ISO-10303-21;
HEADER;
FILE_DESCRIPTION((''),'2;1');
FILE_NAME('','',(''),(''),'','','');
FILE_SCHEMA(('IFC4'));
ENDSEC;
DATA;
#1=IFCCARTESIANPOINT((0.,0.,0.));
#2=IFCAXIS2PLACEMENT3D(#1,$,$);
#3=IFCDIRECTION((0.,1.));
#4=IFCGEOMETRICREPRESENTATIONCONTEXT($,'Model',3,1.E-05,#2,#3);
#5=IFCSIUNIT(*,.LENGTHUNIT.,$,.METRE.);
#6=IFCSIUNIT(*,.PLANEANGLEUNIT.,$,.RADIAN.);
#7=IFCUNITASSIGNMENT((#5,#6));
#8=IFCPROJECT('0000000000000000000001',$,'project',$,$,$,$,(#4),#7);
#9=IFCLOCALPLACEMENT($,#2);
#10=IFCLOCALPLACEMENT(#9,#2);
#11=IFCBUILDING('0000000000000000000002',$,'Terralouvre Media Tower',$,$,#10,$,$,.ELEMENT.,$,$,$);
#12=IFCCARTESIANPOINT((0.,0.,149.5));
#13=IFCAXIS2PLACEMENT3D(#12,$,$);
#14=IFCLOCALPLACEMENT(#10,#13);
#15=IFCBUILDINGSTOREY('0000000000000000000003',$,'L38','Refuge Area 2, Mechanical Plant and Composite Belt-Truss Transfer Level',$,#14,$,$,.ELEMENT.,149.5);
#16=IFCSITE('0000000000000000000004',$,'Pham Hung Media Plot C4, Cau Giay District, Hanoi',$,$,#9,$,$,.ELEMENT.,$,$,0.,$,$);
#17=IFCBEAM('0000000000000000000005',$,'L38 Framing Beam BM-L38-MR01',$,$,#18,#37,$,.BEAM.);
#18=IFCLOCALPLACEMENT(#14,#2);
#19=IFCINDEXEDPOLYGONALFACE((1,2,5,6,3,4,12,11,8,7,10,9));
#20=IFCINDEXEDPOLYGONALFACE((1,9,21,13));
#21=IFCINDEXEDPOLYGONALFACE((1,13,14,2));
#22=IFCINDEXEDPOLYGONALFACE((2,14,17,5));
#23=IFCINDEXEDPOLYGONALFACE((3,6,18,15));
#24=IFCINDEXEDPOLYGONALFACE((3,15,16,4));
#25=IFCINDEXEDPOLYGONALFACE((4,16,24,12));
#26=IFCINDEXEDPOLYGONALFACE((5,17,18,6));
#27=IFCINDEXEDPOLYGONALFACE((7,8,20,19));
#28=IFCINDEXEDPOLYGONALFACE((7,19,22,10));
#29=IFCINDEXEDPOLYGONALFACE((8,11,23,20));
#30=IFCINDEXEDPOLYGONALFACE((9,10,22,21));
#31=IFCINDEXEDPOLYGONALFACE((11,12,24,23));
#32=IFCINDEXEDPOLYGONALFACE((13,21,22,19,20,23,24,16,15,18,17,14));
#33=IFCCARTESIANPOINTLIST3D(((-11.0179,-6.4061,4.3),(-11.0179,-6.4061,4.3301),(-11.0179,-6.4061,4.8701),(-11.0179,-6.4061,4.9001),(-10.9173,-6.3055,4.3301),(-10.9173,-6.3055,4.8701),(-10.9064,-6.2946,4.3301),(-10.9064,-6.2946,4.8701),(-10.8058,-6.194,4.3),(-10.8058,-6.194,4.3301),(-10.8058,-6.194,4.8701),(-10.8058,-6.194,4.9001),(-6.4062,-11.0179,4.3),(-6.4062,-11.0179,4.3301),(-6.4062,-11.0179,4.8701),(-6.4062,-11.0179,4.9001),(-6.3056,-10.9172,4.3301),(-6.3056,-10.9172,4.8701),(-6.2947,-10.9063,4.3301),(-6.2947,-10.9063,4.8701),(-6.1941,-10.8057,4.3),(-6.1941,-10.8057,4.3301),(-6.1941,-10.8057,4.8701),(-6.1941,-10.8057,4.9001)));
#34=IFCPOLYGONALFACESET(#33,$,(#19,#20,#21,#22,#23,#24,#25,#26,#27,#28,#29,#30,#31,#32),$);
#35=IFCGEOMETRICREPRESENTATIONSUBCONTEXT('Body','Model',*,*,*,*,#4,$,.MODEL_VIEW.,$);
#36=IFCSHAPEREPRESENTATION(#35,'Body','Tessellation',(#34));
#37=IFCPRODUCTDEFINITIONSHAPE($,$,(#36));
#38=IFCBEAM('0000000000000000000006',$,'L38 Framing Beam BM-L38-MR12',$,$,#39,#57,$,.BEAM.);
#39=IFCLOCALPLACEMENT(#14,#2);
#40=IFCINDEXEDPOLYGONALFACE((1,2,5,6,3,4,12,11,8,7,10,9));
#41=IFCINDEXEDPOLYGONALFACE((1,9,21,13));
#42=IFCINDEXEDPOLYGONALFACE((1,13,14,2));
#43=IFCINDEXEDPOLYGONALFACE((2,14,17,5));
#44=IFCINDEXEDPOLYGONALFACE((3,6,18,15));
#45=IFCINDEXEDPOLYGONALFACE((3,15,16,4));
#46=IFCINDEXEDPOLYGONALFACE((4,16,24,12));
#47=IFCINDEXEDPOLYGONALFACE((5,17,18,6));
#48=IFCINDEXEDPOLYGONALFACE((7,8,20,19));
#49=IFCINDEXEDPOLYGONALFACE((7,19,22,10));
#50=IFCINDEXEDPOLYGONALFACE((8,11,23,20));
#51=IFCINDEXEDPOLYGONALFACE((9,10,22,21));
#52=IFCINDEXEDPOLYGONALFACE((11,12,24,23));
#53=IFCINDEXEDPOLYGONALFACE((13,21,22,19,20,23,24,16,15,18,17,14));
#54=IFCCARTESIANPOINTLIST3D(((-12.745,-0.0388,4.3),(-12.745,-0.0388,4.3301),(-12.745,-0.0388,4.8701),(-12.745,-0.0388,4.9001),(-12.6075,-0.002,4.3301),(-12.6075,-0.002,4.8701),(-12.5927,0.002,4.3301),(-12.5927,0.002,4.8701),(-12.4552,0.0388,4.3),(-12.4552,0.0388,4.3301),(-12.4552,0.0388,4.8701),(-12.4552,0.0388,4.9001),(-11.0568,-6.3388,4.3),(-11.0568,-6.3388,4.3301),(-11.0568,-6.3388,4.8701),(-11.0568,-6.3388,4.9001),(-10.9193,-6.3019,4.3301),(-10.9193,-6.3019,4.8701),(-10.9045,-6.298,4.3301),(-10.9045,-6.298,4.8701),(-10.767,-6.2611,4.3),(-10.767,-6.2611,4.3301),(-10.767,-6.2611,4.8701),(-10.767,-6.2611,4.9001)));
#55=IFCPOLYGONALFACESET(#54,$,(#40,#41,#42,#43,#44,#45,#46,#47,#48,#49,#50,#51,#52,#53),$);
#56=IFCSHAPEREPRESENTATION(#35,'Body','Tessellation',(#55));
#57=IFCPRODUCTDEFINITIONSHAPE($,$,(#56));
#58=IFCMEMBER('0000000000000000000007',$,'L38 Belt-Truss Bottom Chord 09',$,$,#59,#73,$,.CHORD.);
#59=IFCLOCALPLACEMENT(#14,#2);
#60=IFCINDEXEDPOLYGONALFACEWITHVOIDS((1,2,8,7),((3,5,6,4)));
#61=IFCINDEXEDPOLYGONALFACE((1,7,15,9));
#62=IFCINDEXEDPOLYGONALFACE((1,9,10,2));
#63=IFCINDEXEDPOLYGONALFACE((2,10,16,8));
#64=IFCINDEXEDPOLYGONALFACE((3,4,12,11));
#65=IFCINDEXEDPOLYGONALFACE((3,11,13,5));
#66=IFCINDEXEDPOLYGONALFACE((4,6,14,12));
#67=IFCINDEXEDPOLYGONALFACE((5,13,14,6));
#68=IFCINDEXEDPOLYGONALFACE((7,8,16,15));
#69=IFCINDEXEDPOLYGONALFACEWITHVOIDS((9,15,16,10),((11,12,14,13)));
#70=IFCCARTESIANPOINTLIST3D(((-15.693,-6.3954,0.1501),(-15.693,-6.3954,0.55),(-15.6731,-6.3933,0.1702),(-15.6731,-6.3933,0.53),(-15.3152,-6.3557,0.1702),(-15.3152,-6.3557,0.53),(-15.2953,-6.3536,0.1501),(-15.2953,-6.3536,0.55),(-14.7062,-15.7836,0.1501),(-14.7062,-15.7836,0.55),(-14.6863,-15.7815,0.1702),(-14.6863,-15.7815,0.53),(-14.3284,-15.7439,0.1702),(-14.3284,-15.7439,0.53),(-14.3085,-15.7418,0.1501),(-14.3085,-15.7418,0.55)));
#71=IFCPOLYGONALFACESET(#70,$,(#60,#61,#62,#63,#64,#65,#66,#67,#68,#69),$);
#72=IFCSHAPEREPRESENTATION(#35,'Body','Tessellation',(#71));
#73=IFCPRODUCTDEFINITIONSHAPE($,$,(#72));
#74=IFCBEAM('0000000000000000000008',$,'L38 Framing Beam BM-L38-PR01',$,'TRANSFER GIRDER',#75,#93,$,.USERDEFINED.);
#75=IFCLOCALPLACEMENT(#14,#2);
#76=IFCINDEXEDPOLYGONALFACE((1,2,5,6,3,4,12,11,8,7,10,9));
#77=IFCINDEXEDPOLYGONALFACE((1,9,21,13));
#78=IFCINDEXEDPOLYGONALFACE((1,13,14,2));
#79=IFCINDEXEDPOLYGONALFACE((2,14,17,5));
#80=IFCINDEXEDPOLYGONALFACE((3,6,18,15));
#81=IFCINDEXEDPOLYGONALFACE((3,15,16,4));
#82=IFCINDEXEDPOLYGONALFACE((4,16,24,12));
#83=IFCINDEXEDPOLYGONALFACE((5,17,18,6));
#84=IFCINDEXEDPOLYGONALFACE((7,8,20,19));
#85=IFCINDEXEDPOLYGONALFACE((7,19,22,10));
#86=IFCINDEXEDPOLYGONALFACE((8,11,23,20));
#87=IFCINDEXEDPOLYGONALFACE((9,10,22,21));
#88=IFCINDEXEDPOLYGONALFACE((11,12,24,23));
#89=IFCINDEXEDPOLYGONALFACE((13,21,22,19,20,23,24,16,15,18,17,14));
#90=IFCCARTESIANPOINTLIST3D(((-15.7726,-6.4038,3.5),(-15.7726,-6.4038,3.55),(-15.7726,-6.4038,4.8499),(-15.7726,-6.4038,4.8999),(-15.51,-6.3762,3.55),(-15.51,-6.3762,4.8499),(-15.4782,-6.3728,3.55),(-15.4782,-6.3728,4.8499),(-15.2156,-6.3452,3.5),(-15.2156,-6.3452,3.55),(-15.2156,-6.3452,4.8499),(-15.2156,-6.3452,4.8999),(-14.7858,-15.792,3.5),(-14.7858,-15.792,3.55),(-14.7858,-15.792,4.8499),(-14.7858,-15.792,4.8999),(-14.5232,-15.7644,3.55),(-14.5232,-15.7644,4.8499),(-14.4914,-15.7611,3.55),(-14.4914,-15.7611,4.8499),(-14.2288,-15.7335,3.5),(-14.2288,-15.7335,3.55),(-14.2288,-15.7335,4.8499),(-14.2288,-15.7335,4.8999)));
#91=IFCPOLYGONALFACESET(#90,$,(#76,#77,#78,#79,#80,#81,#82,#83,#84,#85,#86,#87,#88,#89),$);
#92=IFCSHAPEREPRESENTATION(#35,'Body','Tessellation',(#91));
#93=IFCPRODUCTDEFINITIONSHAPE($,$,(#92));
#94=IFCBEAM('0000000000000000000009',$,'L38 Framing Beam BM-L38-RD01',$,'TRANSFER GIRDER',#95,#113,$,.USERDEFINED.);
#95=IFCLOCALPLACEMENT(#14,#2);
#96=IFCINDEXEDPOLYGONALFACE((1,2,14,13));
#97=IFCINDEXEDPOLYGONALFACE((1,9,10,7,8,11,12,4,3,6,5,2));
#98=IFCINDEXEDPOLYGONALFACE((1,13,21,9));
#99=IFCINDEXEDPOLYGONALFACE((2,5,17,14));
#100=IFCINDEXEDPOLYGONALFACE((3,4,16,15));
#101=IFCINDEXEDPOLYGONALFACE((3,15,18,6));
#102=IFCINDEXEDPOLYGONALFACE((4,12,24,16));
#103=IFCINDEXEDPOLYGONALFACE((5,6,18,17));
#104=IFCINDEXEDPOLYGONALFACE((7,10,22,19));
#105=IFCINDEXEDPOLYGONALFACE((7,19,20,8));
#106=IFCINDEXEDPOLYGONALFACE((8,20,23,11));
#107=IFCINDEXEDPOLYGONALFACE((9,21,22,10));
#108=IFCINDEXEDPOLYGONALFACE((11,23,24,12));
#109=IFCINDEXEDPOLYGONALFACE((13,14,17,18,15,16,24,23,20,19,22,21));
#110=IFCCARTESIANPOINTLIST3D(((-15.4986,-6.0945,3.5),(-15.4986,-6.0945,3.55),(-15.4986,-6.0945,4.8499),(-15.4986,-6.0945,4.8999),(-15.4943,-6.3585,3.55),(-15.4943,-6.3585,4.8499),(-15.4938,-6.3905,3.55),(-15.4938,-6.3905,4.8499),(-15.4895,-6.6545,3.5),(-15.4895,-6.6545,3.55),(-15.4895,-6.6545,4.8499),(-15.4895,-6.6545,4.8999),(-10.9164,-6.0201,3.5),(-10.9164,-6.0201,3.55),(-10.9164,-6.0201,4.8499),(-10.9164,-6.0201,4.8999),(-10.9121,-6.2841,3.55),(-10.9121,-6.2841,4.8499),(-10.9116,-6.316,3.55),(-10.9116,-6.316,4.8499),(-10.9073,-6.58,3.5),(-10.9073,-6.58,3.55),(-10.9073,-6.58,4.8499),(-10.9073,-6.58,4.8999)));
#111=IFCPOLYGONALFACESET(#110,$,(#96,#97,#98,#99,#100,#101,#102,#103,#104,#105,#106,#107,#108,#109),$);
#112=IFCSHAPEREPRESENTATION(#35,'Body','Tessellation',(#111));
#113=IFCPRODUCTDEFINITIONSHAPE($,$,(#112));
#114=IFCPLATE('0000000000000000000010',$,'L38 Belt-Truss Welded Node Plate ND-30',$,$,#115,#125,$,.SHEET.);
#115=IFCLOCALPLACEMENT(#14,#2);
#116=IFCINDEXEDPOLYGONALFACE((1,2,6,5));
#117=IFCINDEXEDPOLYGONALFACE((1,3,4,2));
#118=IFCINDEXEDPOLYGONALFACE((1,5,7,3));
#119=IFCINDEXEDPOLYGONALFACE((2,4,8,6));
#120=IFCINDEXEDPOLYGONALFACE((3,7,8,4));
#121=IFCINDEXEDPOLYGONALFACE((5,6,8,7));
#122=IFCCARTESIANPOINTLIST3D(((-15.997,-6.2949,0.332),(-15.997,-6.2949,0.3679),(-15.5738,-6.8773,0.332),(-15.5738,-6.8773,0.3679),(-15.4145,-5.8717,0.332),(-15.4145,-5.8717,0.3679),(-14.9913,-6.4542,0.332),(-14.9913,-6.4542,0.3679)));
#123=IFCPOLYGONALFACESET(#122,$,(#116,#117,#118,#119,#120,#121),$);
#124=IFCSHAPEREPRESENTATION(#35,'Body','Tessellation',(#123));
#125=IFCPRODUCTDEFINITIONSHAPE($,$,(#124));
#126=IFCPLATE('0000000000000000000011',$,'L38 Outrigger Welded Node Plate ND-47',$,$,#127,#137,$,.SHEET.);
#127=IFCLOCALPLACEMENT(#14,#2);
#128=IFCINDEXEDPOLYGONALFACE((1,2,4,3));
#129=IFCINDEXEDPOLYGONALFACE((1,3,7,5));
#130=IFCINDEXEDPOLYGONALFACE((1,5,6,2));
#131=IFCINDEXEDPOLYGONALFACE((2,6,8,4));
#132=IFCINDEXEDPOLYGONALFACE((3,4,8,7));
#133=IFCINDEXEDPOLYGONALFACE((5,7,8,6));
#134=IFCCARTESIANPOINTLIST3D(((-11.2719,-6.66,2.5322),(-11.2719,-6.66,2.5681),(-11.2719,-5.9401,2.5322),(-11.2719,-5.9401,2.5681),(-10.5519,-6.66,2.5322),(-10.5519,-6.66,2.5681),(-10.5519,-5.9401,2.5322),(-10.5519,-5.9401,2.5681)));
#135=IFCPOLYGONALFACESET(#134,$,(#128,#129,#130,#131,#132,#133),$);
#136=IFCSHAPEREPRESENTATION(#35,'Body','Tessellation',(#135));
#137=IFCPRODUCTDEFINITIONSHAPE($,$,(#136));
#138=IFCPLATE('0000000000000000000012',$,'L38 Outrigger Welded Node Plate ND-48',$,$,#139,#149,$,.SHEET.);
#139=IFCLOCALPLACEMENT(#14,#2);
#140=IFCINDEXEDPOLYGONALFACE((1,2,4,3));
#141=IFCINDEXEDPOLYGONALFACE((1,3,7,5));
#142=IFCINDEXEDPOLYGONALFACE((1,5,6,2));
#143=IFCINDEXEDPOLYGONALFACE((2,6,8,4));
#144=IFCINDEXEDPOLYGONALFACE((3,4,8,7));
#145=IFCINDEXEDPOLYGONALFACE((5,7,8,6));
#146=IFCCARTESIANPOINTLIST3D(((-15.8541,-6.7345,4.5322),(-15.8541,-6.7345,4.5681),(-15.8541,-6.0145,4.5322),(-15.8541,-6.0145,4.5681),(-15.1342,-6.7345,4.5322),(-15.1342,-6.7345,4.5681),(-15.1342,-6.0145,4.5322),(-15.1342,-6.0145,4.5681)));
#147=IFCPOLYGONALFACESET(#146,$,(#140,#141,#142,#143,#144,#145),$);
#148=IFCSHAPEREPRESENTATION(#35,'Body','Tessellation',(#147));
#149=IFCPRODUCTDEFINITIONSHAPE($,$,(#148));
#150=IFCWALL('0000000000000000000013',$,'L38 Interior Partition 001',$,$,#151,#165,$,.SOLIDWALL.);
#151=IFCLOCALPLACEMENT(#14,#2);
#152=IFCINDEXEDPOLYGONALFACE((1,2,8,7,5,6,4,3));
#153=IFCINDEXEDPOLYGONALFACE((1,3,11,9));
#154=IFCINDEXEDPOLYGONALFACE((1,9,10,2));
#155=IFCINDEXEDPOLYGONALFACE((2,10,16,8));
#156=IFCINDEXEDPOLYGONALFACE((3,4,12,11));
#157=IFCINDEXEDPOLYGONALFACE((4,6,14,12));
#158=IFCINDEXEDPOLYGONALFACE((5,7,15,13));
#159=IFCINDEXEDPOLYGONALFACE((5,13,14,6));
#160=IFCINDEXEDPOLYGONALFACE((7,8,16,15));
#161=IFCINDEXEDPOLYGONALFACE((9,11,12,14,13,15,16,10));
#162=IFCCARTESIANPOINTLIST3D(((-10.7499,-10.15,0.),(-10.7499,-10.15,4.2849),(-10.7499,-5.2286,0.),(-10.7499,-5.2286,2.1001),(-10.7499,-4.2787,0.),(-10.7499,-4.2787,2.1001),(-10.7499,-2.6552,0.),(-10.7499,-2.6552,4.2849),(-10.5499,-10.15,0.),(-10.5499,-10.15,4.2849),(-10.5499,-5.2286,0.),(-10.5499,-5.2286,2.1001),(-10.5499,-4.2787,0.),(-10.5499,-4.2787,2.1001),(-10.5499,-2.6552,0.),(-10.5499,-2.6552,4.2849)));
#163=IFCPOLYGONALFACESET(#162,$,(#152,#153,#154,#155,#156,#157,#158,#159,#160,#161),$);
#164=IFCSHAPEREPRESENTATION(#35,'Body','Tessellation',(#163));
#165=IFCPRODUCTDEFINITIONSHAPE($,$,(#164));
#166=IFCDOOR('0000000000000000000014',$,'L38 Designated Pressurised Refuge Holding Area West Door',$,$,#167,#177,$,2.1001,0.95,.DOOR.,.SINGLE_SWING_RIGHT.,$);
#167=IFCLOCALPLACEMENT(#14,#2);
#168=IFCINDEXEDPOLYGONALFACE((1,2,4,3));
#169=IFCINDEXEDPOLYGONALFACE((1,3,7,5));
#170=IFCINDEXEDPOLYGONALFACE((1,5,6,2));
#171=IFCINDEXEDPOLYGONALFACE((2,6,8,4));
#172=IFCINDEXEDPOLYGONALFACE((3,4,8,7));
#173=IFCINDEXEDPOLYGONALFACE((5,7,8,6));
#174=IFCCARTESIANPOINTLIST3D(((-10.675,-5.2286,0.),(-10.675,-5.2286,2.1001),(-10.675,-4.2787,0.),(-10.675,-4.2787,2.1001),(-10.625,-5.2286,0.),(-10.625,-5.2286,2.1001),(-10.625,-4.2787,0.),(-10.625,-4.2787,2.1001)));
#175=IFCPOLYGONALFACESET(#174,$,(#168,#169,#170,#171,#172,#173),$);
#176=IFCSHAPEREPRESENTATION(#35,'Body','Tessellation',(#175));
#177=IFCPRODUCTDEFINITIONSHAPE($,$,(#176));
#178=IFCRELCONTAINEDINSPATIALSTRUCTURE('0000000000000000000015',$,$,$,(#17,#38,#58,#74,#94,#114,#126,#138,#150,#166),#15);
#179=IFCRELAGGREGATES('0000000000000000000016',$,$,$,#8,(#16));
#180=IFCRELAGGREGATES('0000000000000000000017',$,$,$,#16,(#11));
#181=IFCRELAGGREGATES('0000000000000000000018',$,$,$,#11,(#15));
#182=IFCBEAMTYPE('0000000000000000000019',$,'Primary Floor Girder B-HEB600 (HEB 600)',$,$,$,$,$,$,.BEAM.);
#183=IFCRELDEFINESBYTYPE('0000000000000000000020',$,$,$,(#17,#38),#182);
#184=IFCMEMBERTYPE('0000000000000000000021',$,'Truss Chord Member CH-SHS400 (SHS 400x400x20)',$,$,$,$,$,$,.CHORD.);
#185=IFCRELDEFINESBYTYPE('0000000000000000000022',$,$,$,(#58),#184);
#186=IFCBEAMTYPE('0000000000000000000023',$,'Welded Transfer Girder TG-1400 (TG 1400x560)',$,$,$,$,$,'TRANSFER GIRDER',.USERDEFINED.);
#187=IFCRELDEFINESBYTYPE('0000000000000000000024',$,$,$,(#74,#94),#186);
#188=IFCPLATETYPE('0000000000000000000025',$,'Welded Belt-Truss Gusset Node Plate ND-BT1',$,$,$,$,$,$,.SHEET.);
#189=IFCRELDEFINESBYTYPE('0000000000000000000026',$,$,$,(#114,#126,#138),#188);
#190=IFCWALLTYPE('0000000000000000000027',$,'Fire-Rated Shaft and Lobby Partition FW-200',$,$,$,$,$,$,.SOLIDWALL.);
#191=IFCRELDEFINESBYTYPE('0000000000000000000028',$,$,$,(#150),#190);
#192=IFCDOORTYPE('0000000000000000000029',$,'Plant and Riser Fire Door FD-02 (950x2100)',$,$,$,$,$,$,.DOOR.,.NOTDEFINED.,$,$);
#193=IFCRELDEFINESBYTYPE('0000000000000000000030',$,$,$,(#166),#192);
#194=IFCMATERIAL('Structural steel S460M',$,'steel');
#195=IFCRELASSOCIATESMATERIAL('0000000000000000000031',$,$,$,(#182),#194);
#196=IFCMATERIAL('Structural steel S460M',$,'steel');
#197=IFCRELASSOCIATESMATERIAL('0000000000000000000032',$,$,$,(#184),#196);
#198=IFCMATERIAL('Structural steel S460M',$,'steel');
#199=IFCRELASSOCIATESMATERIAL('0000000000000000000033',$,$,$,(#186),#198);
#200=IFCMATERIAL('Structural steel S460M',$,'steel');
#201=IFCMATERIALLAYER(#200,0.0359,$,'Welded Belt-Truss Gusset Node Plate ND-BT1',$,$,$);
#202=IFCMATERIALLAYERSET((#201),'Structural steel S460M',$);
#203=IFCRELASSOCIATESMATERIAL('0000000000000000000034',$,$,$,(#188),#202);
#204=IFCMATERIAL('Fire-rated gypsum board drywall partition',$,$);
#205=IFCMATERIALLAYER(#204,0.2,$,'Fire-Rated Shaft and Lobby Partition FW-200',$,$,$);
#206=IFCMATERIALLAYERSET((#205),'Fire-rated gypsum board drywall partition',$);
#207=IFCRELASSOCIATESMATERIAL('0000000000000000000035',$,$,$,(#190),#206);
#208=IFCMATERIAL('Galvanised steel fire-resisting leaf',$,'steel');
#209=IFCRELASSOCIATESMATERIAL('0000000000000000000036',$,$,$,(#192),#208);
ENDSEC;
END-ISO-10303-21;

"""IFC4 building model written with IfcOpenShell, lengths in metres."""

from ifc_helpers import new_model, si_unit, direction, frame, frame_2d, origin, origin_2d, place, context, subcontext, project, spatial, rectangle, hollow_rectangle, i_section, extrude, material, layer, layer_set, material_profile, profile_set, type_object, element, fill, save


model = new_model("IFC4")

# Units and contexts
model_context = context("Model", 3, precision=1e-05, world=origin(), true_north=direction((0.0, 1.0)))
body_context = subcontext(model_context, "Body", "Model", "MODEL_VIEW")
ifc_project = project(units=[si_unit("LENGTHUNIT", "METRE"), si_unit("PLANEANGLEUNIT", "RADIAN")], contexts=[model_context])

# Site, building, storey
site_placement = place(None, origin())
site = spatial("IfcSite", under=ifc_project, at=site_placement, Name="Pham Hung Media Plot C4, Cau Giay District, Hanoi", CompositionType="ELEMENT", RefElevation=0.0)
building_placement = place(site_placement, origin())
building = spatial("IfcBuilding", under=site, at=building_placement, Name="Terralouvre Media Tower", CompositionType="ELEMENT")
storey_placement = place(building_placement, frame((0.0, 0.0, 149.5)))
storey = spatial("IfcBuildingStorey", under=building, at=storey_placement, Name="L38", Description="Refuge Area 2, Mechanical Plant and Composite Belt-Truss Transfer Level", CompositionType="ELEMENT", Elevation=149.5)

# Beams
ifc_material_1 = material(Name="Structural steel S460M", Category="steel")
ifc_material_profile_1 = material_profile(ifc_material_1, i_section(OverallWidth=0.3, OverallDepth=0.6001, WebThickness=0.0154, FlangeThickness=0.03, at=origin_2d()), Name="HEB 600")
ifc_profile_set_1 = profile_set([ifc_material_profile_1], Name="Structural steel S460M")
beam_type_1 = type_object("IfcBeamType", Name="Primary Floor Girder B-HEB600 (HEB 600)", PredefinedType="BEAM", material=ifc_profile_set_1)
beam_1_placement = place(storey_placement, frame((-10.9119, -6.3, 4.6001), z_axis=(0.707107, -0.707107, 0.0), x_axis=(0.707107, 0.707107, 0.0)))
element("IfcBeam", 1, at=beam_1_placement, inside=storey, type_object=beam_type_1, Name="L38 Framing Beam BM-L38-MR01", PredefinedType="BEAM", context=body_context, shape_type="SweptSolid", body=[
    extrude(i_section(OverallWidth=0.3, OverallDepth=0.6001, WebThickness=0.0154, FlangeThickness=0.03, at=origin_2d()), origin(), (0.0, 0.0, 1.0), 6.522),
])
beam_2_placement = place(storey_placement, frame((-12.6001, 0.0, 4.6001), z_axis=(0.258839, -0.96592, 0.0), x_axis=(0.96592, 0.258839, 0.0)))
element("IfcBeam", 2, at=beam_2_placement, inside=storey, type_object=beam_type_1, Name="L38 Framing Beam BM-L38-MR12", PredefinedType="BEAM", context=body_context, shape_type="SweptSolid", body=[
    extrude(i_section(OverallWidth=0.3, OverallDepth=0.6001, WebThickness=0.0154, FlangeThickness=0.03, at=origin_2d()), origin(), (0.0, 0.0, 1.0), 6.5222),
])

# Member
ifc_material_2 = material(Name="Structural steel S460M", Category="steel")
ifc_material_profile_2 = material_profile(ifc_material_2, hollow_rectangle(XDim=0.3999, YDim=0.3999, WallThickness=0.02, at=origin_2d()), Name="SHS 400x400x20")
ifc_profile_set_2 = profile_set([ifc_material_profile_2], Name="Structural steel S460M")
member_type_1 = type_object("IfcMemberType", Name="Truss Chord Member CH-SHS400 (SHS 400x400x20)", PredefinedType="CHORD", material=ifc_profile_set_2)
member_1_placement = place(storey_placement, frame((-15.4941, -6.3745, 0.3501), z_axis=(0.104537, -0.994521, 0.0), x_axis=(0.994521, 0.104537, 0.0)))
element("IfcMember", 3, at=member_1_placement, inside=storey, type_object=member_type_1, Name="L38 Belt-Truss Bottom Chord 09", PredefinedType="CHORD", context=body_context, shape_type="SweptSolid", body=[
    extrude(hollow_rectangle(XDim=0.3999, YDim=0.3999, WallThickness=0.02, at=origin_2d()), origin(), (0.0, 0.0, 1.0), 9.4399),
])

# Beams
ifc_material_3 = material(Name="Structural steel S460M", Category="steel")
ifc_material_profile_3 = material_profile(ifc_material_3, i_section(OverallWidth=0.5601, OverallDepth=1.3999, WebThickness=0.032, FlangeThickness=0.05, at=origin_2d()), Name="TG 1400x560")
ifc_profile_set_3 = profile_set([ifc_material_profile_3], Name="Structural steel S460M")
beam_type_2 = type_object("IfcBeamType", Name="Welded Transfer Girder TG-1400 (TG 1400x560)", ElementType="TRANSFER GIRDER", PredefinedType="USERDEFINED", material=ifc_profile_set_3)
beam_3_placement = place(storey_placement, frame((-15.4941, -6.3745, 4.2), z_axis=(0.104537, -0.994521, 0.0), x_axis=(0.994521, 0.104537, 0.0)))
element("IfcBeam", 4, at=beam_3_placement, inside=storey, type_object=beam_type_2, Name="L38 Framing Beam BM-L38-PR01", ObjectType="TRANSFER GIRDER", PredefinedType="USERDEFINED", context=body_context, shape_type="SweptSolid", body=[
    extrude(i_section(OverallWidth=0.5601, OverallDepth=1.3999, WebThickness=0.032, FlangeThickness=0.05, at=origin_2d()), origin(), (0.0, 0.0, 1.0), 9.4399),
])
beam_4_placement = place(storey_placement, frame((-10.9119, -6.3, 4.2), z_axis=(-0.999868, -0.016248, 0.0), x_axis=(0.016248, -0.999868, 0.0)))
element("IfcBeam", 5, at=beam_4_placement, inside=storey, type_object=beam_type_2, Name="L38 Framing Beam BM-L38-RD01", ObjectType="TRANSFER GIRDER", PredefinedType="USERDEFINED", context=body_context, shape_type="SweptSolid", body=[
    extrude(i_section(OverallWidth=0.5601, OverallDepth=1.3999, WebThickness=0.032, FlangeThickness=0.05, at=origin_2d()), origin(), (0.0, 0.0, 1.0), 4.5828),
])

# Plates
ifc_material_4 = material(Name="Structural steel S460M", Category="steel")
ifc_layer_1 = layer(ifc_material_4, 0.0359, Name="Welded Belt-Truss Gusset Node Plate ND-BT1")
ifc_layer_set_1 = layer_set([ifc_layer_1], Name="Structural steel S460M")
plate_type = type_object("IfcPlateType", Name="Welded Belt-Truss Gusset Node Plate ND-BT1", PredefinedType="SHEET", material=ifc_layer_set_1)
for number, where, z_axis, x_axis, name in (
    (6, (-15.4941, -6.3745, 0.332), (0.0, 0.0, 1.0), (0.809017, 0.587785, 0.0), "L38 Belt-Truss Welded Node Plate ND-30"),
    (7, (-10.9119, -6.3, 2.5322), (0.0, 0.0, 1.0), (1.0, 0.0, 0.0), "L38 Outrigger Welded Node Plate ND-47"),
    (8, (-15.4941, -6.3745, 4.5322), (0.0, 0.0, 1.0), (1.0, 0.0, 0.0), "L38 Outrigger Welded Node Plate ND-48"),
):
    element("IfcPlate", number, at=place(storey_placement, frame(where, z_axis=z_axis, x_axis=x_axis)), inside=storey, type_object=plate_type, Name=name, PredefinedType="SHEET", context=body_context, shape_type="SweptSolid", body=[
        extrude(rectangle(XDim=0.72, YDim=0.72, at=origin_2d()), origin(), (0.0, 0.0, 1.0), 0.0359),
    ])

# Wall, opening, door
ifc_material_5 = material(Name="Fire-rated gypsum board drywall partition")
ifc_layer_2 = layer(ifc_material_5, 0.2, Name="Fire-Rated Shaft and Lobby Partition FW-200")
ifc_layer_set_2 = layer_set([ifc_layer_2], Name="Fire-rated gypsum board drywall partition")
wall_type = type_object("IfcWallType", Name="Fire-Rated Shaft and Lobby Partition FW-200", PredefinedType="SOLIDWALL", material=ifc_layer_set_2)
wall_1_placement = place(storey_placement, frame((-10.6499, -2.655, 0.0), z_axis=(0.0, 0.0, 1.0), x_axis=(0.0, -1.0, 0.0)))
wall_1 = element("IfcWall", 9, at=wall_1_placement, inside=storey, type_object=wall_type, Name="L38 Interior Partition 001", PredefinedType="SOLIDWALL", context=body_context, shape_type="SweptSolid", body=[
    extrude(rectangle(XDim=7.4949, YDim=0.2, at=frame_2d((3.7476, 0.0))), origin(), (0.0, 0.0, 1.0), 4.2849),
])
opening_placement = place(wall_1_placement, frame((1.6235, 0.0, 0.0)))
opening = element("IfcOpeningElement", 10, at=opening_placement, cuts=wall_1, PredefinedType="OPENING", context=body_context, shape_type="SweptSolid", body=[
    extrude(rectangle(XDim=0.95, YDim=2.1001, at=frame_2d((0.4751, 1.05))), frame((0.0, 0.1099, 0.0), z_axis=(0.0, -1.0, 0.0), x_axis=(1.0, 0.0, 0.0)), (0.0, 0.0, 1.0), 0.22),
])
ifc_material_6 = material(Name="Galvanised steel fire-resisting leaf", Category="steel")
door_type = type_object("IfcDoorType", Name="Plant and Riser Fire Door FD-02 (950x2100)", OperationType="NOTDEFINED", PredefinedType="DOOR", material=ifc_material_6)
door_placement = place(opening_placement, origin())
door = element("IfcDoor", 11, at=door_placement, inside=storey, type_object=door_type, Name="L38 Designated Pressurised Refuge Holding Area West Door", OperationType="SINGLE_SWING_RIGHT", OverallHeight=2.1001, OverallWidth=0.95, PredefinedType="DOOR", context=body_context, shape_type="SweptSolid", body=[
    extrude(rectangle(XDim=0.95, YDim=2.1001, at=frame_2d((0.4751, 1.05))), frame((0.0, 0.0249, 0.0), z_axis=(0.0, -1.0, 0.0), x_axis=(1.0, 0.0, 0.0)), (0.0, 0.0, 1.0), 0.05),
])
fill(opening, door)

save(model, "model.ifc")
